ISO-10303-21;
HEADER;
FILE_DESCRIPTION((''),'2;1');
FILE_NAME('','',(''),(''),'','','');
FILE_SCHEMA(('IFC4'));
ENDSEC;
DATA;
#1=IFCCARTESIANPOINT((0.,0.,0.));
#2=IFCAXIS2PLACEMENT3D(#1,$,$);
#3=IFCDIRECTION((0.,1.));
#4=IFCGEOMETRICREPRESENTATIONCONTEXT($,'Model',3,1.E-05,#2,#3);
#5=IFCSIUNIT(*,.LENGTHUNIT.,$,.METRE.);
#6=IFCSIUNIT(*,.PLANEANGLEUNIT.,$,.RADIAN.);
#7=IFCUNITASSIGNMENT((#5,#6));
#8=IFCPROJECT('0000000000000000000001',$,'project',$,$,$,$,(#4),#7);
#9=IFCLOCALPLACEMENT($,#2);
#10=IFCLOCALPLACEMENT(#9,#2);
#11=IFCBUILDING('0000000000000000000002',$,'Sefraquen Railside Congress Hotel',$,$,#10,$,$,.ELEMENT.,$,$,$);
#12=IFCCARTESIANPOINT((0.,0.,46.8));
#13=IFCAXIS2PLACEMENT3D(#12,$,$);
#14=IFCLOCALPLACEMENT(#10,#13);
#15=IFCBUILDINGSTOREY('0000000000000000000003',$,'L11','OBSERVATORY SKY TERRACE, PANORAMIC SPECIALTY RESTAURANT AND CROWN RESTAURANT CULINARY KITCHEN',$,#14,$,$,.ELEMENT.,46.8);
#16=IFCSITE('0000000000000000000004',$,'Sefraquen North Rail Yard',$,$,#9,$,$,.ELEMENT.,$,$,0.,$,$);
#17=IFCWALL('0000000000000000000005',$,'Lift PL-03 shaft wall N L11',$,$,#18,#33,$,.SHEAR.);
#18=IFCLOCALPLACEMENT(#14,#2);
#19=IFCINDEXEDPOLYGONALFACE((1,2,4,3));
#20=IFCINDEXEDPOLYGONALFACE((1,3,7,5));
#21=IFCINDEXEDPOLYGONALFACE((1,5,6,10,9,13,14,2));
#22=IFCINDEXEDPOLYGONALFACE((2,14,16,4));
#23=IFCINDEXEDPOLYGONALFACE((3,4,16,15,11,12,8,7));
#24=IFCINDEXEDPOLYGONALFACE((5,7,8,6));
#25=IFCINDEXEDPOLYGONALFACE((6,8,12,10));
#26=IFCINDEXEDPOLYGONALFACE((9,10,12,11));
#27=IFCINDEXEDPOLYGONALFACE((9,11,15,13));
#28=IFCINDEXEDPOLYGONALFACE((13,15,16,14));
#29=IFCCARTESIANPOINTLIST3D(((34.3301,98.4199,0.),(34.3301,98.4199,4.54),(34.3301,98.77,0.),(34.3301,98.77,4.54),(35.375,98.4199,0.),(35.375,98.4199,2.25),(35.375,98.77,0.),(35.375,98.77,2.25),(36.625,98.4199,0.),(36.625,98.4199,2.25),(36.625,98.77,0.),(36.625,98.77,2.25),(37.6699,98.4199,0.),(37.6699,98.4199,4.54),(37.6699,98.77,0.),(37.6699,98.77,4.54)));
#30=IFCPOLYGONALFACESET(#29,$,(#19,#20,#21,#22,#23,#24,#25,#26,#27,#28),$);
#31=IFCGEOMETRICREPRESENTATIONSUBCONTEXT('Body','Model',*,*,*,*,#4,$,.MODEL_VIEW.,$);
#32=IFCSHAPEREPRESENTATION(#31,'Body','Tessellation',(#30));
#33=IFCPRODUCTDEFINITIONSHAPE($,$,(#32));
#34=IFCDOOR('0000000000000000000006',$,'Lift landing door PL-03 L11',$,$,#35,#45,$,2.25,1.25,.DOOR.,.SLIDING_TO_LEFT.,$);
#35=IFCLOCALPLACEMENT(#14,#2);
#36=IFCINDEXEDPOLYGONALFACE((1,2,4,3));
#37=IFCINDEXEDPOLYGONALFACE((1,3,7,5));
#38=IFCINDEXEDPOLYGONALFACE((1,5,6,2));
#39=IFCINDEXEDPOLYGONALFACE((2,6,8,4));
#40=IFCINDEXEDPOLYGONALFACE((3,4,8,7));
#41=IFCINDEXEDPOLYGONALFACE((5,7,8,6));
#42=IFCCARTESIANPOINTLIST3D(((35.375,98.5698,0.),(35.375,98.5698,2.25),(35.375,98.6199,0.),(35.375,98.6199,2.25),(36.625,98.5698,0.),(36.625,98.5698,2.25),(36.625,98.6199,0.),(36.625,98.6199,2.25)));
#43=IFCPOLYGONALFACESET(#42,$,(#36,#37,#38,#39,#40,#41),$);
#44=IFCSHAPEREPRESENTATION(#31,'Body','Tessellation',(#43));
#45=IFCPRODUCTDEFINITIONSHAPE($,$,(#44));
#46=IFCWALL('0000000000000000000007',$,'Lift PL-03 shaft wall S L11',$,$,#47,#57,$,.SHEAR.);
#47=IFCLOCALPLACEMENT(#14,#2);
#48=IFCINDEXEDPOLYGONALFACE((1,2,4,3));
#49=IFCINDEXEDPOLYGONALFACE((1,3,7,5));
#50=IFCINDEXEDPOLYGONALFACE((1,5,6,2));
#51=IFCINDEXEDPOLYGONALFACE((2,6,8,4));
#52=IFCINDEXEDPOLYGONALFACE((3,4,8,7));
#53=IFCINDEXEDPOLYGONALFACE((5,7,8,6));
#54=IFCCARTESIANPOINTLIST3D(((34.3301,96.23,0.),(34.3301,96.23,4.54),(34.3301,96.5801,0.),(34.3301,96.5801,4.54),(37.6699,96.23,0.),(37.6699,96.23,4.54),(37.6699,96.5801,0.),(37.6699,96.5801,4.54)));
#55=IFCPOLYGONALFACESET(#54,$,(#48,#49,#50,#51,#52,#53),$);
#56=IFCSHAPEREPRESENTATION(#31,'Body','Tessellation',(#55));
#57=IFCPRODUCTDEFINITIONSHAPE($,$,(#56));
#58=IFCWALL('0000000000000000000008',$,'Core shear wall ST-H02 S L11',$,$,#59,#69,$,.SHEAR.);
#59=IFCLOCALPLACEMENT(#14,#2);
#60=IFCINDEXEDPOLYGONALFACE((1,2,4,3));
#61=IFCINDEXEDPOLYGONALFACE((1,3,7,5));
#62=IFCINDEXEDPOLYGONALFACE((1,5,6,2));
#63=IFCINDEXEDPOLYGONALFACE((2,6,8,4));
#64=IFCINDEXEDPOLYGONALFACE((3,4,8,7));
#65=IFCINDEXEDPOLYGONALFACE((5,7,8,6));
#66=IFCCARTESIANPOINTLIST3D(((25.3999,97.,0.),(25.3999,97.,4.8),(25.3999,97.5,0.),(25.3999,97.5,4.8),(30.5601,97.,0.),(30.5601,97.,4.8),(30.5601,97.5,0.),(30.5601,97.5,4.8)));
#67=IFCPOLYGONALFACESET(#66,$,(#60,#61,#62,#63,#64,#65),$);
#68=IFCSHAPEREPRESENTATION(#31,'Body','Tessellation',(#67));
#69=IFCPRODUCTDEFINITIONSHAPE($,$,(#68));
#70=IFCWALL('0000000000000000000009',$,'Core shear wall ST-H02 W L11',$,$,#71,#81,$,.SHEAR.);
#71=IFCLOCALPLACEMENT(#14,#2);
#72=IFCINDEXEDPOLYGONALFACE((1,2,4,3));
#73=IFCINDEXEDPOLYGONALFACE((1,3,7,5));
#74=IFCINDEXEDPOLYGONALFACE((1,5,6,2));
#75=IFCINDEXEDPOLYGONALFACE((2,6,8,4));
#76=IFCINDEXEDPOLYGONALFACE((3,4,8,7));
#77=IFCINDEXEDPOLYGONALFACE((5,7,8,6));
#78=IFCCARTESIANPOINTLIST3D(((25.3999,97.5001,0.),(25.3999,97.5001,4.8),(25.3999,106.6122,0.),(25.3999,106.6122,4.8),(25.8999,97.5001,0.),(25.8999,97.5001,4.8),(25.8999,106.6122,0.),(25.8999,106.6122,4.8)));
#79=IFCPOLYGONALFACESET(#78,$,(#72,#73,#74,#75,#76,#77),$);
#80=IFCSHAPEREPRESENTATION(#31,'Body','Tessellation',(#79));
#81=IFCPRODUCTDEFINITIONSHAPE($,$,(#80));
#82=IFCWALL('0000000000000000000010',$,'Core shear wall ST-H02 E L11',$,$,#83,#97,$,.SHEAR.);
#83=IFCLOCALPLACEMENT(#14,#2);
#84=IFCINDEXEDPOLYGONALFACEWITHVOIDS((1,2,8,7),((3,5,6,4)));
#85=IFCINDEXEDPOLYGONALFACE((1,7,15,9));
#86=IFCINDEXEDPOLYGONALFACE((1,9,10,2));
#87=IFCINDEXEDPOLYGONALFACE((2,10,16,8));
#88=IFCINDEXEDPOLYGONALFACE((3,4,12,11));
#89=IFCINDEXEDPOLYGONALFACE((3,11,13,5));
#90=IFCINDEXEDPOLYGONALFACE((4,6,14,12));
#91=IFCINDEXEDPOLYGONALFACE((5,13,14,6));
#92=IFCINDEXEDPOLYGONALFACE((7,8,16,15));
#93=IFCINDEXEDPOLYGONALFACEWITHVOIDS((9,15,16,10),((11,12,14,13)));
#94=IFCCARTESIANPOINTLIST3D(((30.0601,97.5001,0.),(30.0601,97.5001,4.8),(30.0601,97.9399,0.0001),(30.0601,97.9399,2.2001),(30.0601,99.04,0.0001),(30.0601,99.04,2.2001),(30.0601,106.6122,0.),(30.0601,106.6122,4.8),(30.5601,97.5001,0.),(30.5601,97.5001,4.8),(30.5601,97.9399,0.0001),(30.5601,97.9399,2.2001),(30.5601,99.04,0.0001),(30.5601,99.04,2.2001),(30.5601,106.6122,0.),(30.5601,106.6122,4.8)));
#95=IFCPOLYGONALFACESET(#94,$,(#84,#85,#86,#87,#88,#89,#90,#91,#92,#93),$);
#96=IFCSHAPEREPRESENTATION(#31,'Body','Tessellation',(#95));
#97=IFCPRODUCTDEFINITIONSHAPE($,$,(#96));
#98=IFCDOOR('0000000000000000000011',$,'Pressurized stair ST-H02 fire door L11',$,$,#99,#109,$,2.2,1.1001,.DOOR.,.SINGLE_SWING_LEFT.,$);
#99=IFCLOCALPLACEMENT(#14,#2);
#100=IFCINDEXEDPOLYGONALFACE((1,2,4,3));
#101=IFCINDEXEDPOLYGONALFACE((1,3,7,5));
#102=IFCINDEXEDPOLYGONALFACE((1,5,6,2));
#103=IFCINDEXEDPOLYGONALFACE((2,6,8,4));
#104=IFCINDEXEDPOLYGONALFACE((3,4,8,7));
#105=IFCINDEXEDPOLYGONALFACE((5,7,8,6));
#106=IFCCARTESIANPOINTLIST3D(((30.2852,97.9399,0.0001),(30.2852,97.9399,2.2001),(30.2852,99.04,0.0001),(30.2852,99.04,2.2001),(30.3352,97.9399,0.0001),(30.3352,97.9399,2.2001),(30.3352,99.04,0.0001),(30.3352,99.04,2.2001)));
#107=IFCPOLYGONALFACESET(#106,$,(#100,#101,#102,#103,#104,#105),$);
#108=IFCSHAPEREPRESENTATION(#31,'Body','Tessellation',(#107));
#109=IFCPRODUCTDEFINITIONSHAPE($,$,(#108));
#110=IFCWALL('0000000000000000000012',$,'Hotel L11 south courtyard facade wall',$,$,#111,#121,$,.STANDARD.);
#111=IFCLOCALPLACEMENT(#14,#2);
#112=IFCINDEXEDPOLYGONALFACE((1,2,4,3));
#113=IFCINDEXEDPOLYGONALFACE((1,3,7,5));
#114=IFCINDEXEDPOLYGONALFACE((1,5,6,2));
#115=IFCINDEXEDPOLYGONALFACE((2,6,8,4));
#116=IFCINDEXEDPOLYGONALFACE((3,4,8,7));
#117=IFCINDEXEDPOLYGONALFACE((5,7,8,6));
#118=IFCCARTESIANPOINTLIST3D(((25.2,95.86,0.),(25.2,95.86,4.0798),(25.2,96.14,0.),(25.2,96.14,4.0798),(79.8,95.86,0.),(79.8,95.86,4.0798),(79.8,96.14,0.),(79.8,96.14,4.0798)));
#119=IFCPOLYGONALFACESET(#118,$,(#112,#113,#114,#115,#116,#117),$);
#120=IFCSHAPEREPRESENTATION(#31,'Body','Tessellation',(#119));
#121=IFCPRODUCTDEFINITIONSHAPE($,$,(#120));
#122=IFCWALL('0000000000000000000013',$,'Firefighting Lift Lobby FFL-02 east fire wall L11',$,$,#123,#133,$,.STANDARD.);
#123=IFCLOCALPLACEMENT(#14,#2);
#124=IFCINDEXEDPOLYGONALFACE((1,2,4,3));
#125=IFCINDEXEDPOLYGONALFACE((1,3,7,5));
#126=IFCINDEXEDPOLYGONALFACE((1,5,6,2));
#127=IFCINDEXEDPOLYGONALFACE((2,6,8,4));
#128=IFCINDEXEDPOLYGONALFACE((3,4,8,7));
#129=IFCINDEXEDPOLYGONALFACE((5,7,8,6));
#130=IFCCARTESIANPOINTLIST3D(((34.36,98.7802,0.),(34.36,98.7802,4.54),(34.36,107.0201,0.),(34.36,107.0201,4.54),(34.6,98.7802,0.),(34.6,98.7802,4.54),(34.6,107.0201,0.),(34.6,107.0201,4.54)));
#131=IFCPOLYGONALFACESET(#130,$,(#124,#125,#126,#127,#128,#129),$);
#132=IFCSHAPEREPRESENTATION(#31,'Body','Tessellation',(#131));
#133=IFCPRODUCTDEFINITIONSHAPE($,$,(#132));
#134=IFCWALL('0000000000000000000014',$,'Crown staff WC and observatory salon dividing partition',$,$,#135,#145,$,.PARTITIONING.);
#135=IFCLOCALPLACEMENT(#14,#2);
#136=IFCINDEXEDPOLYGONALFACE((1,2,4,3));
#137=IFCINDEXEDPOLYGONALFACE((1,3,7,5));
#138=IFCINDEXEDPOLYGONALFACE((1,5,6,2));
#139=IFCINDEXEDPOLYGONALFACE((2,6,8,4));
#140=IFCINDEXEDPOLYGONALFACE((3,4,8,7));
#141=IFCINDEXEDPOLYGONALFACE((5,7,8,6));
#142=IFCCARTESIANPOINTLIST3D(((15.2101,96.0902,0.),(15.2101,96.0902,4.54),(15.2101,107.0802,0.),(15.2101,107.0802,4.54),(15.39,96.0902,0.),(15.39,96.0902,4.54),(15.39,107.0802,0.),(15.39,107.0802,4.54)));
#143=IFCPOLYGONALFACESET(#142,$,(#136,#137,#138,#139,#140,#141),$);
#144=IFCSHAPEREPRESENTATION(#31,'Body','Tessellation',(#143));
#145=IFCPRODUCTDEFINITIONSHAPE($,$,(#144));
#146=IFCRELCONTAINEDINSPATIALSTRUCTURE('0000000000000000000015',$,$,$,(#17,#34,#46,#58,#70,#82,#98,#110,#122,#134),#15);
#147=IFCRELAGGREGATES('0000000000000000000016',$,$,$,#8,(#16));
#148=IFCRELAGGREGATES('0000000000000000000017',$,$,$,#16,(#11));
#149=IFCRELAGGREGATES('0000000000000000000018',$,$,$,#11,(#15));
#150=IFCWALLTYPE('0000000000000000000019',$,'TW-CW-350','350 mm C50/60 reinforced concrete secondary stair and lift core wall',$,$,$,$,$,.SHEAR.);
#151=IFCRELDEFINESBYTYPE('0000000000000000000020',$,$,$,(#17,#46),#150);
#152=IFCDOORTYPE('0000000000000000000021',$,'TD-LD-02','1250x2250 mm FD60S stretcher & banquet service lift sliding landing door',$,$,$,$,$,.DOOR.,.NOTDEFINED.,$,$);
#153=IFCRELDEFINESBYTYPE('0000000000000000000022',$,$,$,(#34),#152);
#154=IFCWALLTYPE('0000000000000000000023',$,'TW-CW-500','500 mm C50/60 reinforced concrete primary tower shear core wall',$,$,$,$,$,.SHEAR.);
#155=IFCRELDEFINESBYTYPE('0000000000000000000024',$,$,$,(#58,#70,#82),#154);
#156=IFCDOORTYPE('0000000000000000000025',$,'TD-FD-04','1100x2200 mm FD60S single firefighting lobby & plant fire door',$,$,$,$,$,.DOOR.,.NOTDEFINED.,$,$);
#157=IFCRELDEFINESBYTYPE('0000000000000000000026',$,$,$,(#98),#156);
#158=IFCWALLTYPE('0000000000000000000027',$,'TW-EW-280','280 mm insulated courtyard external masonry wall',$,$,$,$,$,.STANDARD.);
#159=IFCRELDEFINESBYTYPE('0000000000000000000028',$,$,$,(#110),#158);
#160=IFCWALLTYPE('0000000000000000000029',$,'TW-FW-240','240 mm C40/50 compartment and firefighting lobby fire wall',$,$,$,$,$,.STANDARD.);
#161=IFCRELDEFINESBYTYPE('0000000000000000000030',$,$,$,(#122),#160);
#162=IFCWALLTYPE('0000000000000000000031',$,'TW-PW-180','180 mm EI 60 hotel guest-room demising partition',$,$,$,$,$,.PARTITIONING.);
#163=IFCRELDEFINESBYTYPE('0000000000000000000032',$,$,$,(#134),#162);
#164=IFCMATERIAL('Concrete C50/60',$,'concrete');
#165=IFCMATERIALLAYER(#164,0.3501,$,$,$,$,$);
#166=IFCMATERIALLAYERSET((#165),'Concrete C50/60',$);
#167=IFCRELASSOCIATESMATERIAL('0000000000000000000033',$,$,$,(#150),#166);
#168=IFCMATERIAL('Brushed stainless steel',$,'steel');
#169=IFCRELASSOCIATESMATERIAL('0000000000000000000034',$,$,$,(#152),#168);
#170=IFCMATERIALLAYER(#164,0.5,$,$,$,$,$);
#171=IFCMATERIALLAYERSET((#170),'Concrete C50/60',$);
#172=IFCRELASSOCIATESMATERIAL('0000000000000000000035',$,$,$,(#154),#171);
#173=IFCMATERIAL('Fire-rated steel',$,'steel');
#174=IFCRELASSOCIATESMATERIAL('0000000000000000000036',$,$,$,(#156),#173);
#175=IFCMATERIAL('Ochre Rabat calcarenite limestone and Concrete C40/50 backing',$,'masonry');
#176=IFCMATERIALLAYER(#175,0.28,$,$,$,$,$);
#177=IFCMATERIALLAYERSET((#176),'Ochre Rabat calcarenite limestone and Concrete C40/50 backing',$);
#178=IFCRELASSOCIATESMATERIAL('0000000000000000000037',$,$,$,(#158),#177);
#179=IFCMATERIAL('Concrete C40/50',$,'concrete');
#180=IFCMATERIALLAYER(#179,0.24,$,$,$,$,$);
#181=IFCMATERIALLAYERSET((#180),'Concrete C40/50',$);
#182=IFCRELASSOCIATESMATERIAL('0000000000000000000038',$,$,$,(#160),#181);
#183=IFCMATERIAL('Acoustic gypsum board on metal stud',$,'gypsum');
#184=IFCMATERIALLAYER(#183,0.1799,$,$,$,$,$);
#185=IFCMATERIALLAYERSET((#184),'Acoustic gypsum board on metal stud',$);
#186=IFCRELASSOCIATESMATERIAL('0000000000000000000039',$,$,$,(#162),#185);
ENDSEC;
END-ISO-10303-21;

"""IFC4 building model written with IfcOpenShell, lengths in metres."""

from ifc_helpers import new_model, si_unit, direction, frame, frame_2d, origin, place, context, subcontext, project, spatial, rectangle, extrude, material, layer, layer_set, type_object, element, fill, save


model = new_model("IFC4")

# Units and contexts
model_context = context("Model", 3, precision=1e-05, world=origin(), true_north=direction((0.0, 1.0)))
body_context = subcontext(model_context, "Body", "Model", "MODEL_VIEW")
ifc_project = project(units=[si_unit("LENGTHUNIT", "METRE"), si_unit("PLANEANGLEUNIT", "RADIAN")], contexts=[model_context])

# Site, building, storey
site_placement = place(None, origin())
site = spatial("IfcSite", under=ifc_project, at=site_placement, Name="Sefraquen North Rail Yard", CompositionType="ELEMENT", RefElevation=0.0)
building_placement = place(site_placement, origin())
building = spatial("IfcBuilding", under=site, at=building_placement, Name="Sefraquen Railside Congress Hotel", CompositionType="ELEMENT")
storey_placement = place(building_placement, frame((0.0, 0.0, 46.8)))
storey = spatial("IfcBuildingStorey", under=building, at=storey_placement, Name="L11", Description="OBSERVATORY SKY TERRACE, PANORAMIC SPECIALTY RESTAURANT AND CROWN RESTAURANT CULINARY KITCHEN", CompositionType="ELEMENT", Elevation=46.8)

# Shared definitions
ifc_material_1 = material(Name="Concrete C50/60", Category="concrete")
ifc_layer_1 = layer(ifc_material_1, 0.3501)
ifc_layer_set_1 = layer_set([ifc_layer_1], Name="Concrete C50/60")
wall_type_1 = type_object("IfcWallType", Name="TW-CW-350", Description="350 mm C50/60 reinforced concrete secondary stair and lift core wall", PredefinedType="SHEAR", material=ifc_layer_set_1)

# Wall, opening, door
wall_1_placement = place(storey_placement, frame((34.3301, 98.595, 0.0), z_axis=(0.0, 0.0, 1.0), x_axis=(1.0, 0.0, 0.0)))
wall_1 = element("IfcWall", 1, at=wall_1_placement, inside=storey, type_object=wall_type_1, Name="Lift PL-03 shaft wall N L11", PredefinedType="SHEAR", context=body_context, shape_type="SweptSolid", body=[
    extrude(rectangle(XDim=3.3398, YDim=0.3501, at=frame_2d((1.6699, 0.0))), origin(), (0.0, 0.0, 1.0), 4.54),
])
opening_1_placement = place(wall_1_placement, frame((1.0449, 0.0, 0.0)))
opening_1 = element("IfcOpeningElement", 2, at=opening_1_placement, cuts=wall_1, PredefinedType="OPENING", context=body_context, shape_type="SweptSolid", body=[
    extrude(rectangle(XDim=1.25, YDim=2.25, at=frame_2d((0.625, 1.125))), frame((0.0, 0.1851, 0.0), z_axis=(0.0, -1.0, 0.0), x_axis=(1.0, 0.0, 0.0)), (0.0, 0.0, 1.0), 0.3701),
])
ifc_material_2 = material(Name="Brushed stainless steel", Category="steel")
door_type_1 = type_object("IfcDoorType", Name="TD-LD-02", Description="1250x2250 mm FD60S stretcher & banquet service lift sliding landing door", OperationType="NOTDEFINED", PredefinedType="DOOR", material=ifc_material_2)
door_1_placement = place(opening_1_placement, origin())
door_1 = element("IfcDoor", 3, at=door_1_placement, inside=storey, type_object=door_type_1, Name="Lift landing door PL-03 L11", OperationType="SLIDING_TO_LEFT", OverallHeight=2.25, OverallWidth=1.25, PredefinedType="DOOR", context=body_context, shape_type="SweptSolid", body=[
    extrude(rectangle(XDim=1.25, YDim=2.25, at=frame_2d((0.625, 1.125))), frame((0.0, 0.0249, 0.0), z_axis=(0.0, -1.0, 0.0), x_axis=(1.0, 0.0, 0.0)), (0.0, 0.0, 1.0), 0.05),
])
fill(opening_1, door_1)

# Walls
wall_2_placement = place(storey_placement, frame((34.3301, 96.405, 0.0), z_axis=(0.0, 0.0, 1.0), x_axis=(1.0, 0.0, 0.0)))
element("IfcWall", 4, at=wall_2_placement, inside=storey, type_object=wall_type_1, Name="Lift PL-03 shaft wall S L11", PredefinedType="SHEAR", context=body_context, shape_type="SweptSolid", body=[
    extrude(rectangle(XDim=3.3398, YDim=0.3501, at=frame_2d((1.6699, 0.0))), origin(), (0.0, 0.0, 1.0), 4.54),
])
ifc_layer_2 = layer(ifc_material_1, 0.5)
ifc_layer_set_2 = layer_set([ifc_layer_2], Name="Concrete C50/60")
wall_type_2 = type_object("IfcWallType", Name="TW-CW-500", Description="500 mm C50/60 reinforced concrete primary tower shear core wall", PredefinedType="SHEAR", material=ifc_layer_set_2)
wall_3_placement = place(storey_placement, frame((25.3999, 97.25, 0.0), z_axis=(0.0, 0.0, 1.0), x_axis=(1.0, 0.0, 0.0)))
element("IfcWall", 5, at=wall_3_placement, inside=storey, type_object=wall_type_2, Name="Core shear wall ST-H02 S L11", PredefinedType="SHEAR", context=body_context, shape_type="SweptSolid", body=[
    extrude(rectangle(XDim=5.1602, YDim=0.5, at=frame_2d((2.5801, 0.0))), origin(), (0.0, 0.0, 1.0), 4.8),
])
wall_4_placement = place(storey_placement, frame((25.6499, 97.5, 0.0), z_axis=(0.0, 0.0, 1.0), x_axis=(0.0, 1.0, 0.0)))
element("IfcWall", 6, at=wall_4_placement, inside=storey, type_object=wall_type_2, Name="Core shear wall ST-H02 W L11", PredefinedType="SHEAR", context=body_context, shape_type="SweptSolid", body=[
    extrude(rectangle(XDim=9.1121, YDim=0.5, at=frame_2d((4.5562, 0.0))), origin(), (0.0, 0.0, 1.0), 4.8),
])

# Wall, opening, door
wall_5_placement = place(storey_placement, frame((30.3101, 97.5, 0.0), z_axis=(0.0, 0.0, 1.0), x_axis=(0.0, 1.0, 0.0)))
wall_5 = element("IfcWall", 7, at=wall_5_placement, inside=storey, type_object=wall_type_2, Name="Core shear wall ST-H02 E L11", PredefinedType="SHEAR", context=body_context, shape_type="SweptSolid", body=[
    extrude(rectangle(XDim=9.1121, YDim=0.5, at=frame_2d((4.5562, 0.0))), origin(), (0.0, 0.0, 1.0), 4.8),
])
opening_2_placement = place(wall_5_placement, frame((0.4399, 0.0, 0.0)))
opening_2 = element("IfcOpeningElement", 8, at=opening_2_placement, cuts=wall_5, PredefinedType="OPENING", context=body_context, shape_type="SweptSolid", body=[
    extrude(rectangle(XDim=1.1001, YDim=2.2, at=frame_2d((0.55, 1.1001))), frame((0.0, 0.26, 0.0), z_axis=(0.0, -1.0, 0.0), x_axis=(1.0, 0.0, 0.0)), (0.0, 0.0, 1.0), 0.52),
])
ifc_material_3 = material(Name="Fire-rated steel", Category="steel")
door_type_2 = type_object("IfcDoorType", Name="TD-FD-04", Description="1100x2200 mm FD60S single firefighting lobby & plant fire door", OperationType="NOTDEFINED", PredefinedType="DOOR", material=ifc_material_3)
door_2_placement = place(opening_2_placement, origin())
door_2 = element("IfcDoor", 9, at=door_2_placement, inside=storey, type_object=door_type_2, Name="Pressurized stair ST-H02 fire door L11", OperationType="SINGLE_SWING_LEFT", OverallHeight=2.2, OverallWidth=1.1001, PredefinedType="DOOR", context=body_context, shape_type="SweptSolid", body=[
    extrude(rectangle(XDim=1.1001, YDim=2.2, at=frame_2d((0.55, 1.1001))), frame((0.0, 0.0249, 0.0), z_axis=(0.0, -1.0, 0.0), x_axis=(1.0, 0.0, 0.0)), (0.0, 0.0, 1.0), 0.05),
])
fill(opening_2, door_2)

# Walls
ifc_material_4 = material(Name="Ochre Rabat calcarenite limestone and Concrete C40/50 backing", Category="masonry")
ifc_layer_3 = layer(ifc_material_4, 0.28)
ifc_layer_set_3 = layer_set([ifc_layer_3], Name="Ochre Rabat calcarenite limestone and Concrete C40/50 backing")
wall_type_3 = type_object("IfcWallType", Name="TW-EW-280", Description="280 mm insulated courtyard external masonry wall", PredefinedType="STANDARD", material=ifc_layer_set_3)
wall_6_placement = place(storey_placement, frame((25.2, 96.0, 0.0), z_axis=(0.0, 0.0, 1.0), x_axis=(1.0, 0.0, 0.0)))
element("IfcWall", 10, at=wall_6_placement, inside=storey, type_object=wall_type_3, Name="Hotel L11 south courtyard facade wall", PredefinedType="STANDARD", context=body_context, shape_type="SweptSolid", body=[
    extrude(rectangle(XDim=54.6001, YDim=0.28, at=frame_2d((27.3, 0.0))), origin(), (0.0, 0.0, 1.0), 4.0798),
])
ifc_material_5 = material(Name="Concrete C40/50", Category="concrete")
ifc_layer_4 = layer(ifc_material_5, 0.24)
ifc_layer_set_4 = layer_set([ifc_layer_4], Name="Concrete C40/50")
wall_type_4 = type_object("IfcWallType", Name="TW-FW-240", Description="240 mm C40/50 compartment and firefighting lobby fire wall", PredefinedType="STANDARD", material=ifc_layer_set_4)
wall_7_placement = place(storey_placement, frame((34.48, 98.78, 0.0), z_axis=(0.0, 0.0, 1.0), x_axis=(0.0, 1.0, 0.0)))
element("IfcWall", 11, at=wall_7_placement, inside=storey, type_object=wall_type_4, Name="Firefighting Lift Lobby FFL-02 east fire wall L11", PredefinedType="STANDARD", context=body_context, shape_type="SweptSolid", body=[
    extrude(rectangle(XDim=8.24, YDim=0.24, at=frame_2d((4.1201, 0.0))), origin(), (0.0, 0.0, 1.0), 4.54),
])
ifc_material_6 = material(Name="Acoustic gypsum board on metal stud", Category="gypsum")
ifc_layer_5 = layer(ifc_material_6, 0.1799)
ifc_layer_set_5 = layer_set([ifc_layer_5], Name="Acoustic gypsum board on metal stud")
wall_type_5 = type_object("IfcWallType", Name="TW-PW-180", Description="180 mm EI 60 hotel guest-room demising partition", PredefinedType="PARTITIONING", material=ifc_layer_set_5)
wall_8_placement = place(storey_placement, frame((15.3, 96.0901, 0.0), z_axis=(0.0, 0.0, 1.0), x_axis=(0.0, 1.0, 0.0)))
element("IfcWall", 12, at=wall_8_placement, inside=storey, type_object=wall_type_5, Name="Crown staff WC and observatory salon dividing partition", PredefinedType="PARTITIONING", context=body_context, shape_type="SweptSolid", body=[
    extrude(rectangle(XDim=10.99, YDim=0.1799, at=frame_2d((5.4951, 0.0))), origin(), (0.0, 0.0, 1.0), 4.54),
])

save(model, "model.ifc")
